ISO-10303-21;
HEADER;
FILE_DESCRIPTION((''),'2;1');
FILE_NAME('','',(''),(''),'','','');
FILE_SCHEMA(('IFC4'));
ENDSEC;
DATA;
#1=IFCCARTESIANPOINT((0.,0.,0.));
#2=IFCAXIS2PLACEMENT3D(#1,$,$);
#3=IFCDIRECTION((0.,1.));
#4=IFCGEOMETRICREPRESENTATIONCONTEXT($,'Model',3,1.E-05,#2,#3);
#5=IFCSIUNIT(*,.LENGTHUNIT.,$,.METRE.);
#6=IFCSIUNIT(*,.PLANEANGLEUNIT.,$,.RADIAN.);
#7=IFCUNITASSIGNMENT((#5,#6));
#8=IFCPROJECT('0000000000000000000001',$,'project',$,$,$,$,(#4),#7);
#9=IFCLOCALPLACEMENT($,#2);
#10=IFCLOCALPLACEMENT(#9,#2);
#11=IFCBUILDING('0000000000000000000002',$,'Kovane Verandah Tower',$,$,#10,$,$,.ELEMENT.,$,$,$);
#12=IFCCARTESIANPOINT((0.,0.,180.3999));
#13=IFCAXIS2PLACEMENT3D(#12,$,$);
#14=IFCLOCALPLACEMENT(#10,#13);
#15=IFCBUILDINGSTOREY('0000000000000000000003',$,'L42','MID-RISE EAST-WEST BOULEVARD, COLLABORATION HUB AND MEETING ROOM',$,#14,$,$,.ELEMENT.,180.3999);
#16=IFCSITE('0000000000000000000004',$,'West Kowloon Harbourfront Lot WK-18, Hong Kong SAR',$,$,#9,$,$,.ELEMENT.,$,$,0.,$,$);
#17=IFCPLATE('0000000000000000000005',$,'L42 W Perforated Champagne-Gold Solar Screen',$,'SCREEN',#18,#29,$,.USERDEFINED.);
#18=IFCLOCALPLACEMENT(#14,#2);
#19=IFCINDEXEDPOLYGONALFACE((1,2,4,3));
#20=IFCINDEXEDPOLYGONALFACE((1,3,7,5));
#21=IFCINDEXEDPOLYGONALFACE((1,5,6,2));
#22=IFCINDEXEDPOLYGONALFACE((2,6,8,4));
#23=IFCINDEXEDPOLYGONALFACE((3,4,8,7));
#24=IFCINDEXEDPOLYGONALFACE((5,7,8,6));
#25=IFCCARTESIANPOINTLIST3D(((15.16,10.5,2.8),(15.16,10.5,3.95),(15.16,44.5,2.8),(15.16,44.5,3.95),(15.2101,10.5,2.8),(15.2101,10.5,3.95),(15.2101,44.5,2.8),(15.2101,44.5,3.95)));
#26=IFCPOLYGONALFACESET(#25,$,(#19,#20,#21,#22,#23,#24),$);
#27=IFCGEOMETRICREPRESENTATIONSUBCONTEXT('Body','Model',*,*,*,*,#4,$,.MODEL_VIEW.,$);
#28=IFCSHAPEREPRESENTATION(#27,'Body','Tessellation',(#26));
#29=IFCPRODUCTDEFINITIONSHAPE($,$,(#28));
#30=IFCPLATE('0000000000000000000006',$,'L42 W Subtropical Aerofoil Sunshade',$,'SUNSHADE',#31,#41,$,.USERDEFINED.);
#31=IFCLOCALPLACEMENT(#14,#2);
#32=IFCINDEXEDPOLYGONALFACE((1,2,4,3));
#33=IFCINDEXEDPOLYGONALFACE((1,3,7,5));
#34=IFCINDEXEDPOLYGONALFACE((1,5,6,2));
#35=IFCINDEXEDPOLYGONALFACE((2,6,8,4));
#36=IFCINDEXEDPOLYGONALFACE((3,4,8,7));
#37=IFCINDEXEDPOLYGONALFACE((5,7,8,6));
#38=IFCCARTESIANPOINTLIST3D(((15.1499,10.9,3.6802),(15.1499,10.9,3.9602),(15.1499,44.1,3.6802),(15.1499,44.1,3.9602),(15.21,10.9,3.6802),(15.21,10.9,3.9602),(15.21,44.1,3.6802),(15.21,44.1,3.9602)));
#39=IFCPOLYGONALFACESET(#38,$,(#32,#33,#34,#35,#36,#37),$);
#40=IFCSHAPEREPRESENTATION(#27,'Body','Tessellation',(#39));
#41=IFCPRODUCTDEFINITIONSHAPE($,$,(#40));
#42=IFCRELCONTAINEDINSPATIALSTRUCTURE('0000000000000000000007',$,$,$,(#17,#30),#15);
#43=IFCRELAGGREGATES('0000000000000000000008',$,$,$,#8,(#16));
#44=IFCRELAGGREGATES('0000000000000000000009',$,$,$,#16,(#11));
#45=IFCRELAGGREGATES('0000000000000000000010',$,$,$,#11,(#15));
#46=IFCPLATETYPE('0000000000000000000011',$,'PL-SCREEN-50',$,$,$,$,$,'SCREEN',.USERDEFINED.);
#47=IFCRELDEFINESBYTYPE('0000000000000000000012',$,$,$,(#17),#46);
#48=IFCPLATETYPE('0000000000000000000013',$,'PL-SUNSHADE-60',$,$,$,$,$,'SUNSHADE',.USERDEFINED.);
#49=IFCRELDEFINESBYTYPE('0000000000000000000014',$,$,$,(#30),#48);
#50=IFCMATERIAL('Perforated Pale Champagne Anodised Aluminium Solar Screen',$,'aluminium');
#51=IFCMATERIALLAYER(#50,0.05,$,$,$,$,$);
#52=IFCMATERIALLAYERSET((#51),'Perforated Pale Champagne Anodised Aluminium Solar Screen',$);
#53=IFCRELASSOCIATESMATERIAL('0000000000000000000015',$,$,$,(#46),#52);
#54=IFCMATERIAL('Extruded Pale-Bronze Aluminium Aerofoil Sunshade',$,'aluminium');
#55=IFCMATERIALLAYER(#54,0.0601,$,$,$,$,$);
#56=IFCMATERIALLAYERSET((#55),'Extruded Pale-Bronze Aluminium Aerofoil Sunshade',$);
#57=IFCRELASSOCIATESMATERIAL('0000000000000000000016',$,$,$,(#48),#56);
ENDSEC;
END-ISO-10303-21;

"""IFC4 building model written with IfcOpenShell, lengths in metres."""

from ifc_helpers import new_model, si_unit, direction, frame, origin, origin_2d, place, context, subcontext, project, spatial, rectangle, extrude, material, layer, layer_set, type_object, element, save


model = new_model("IFC4")

# Units and contexts
model_context = context("Model", 3, precision=1e-05, world=origin(), true_north=direction((0.0, 1.0)))
body_context = subcontext(model_context, "Body", "Model", "MODEL_VIEW")
ifc_project = project(units=[si_unit("LENGTHUNIT", "METRE"), si_unit("PLANEANGLEUNIT", "RADIAN")], contexts=[model_context])

# Site, building, storey
site_placement = place(None, origin())
site = spatial("IfcSite", under=ifc_project, at=site_placement, Name="West Kowloon Harbourfront Lot WK-18, Hong Kong SAR", CompositionType="ELEMENT", RefElevation=0.0)
building_placement = place(site_placement, origin())
building = spatial("IfcBuilding", under=site, at=building_placement, Name="Kovane Verandah Tower", CompositionType="ELEMENT")
storey_placement = place(building_placement, frame((0.0, 0.0, 180.3999)))
storey = spatial("IfcBuildingStorey", under=building, at=storey_placement, Name="L42", Description="MID-RISE EAST-WEST BOULEVARD, COLLABORATION HUB AND MEETING ROOM", CompositionType="ELEMENT", Elevation=180.3999)

# Plates
ifc_material_1 = material(Name="Perforated Pale Champagne Anodised Aluminium Solar Screen", Category="aluminium")
ifc_layer_1 = layer(ifc_material_1, 0.05)
ifc_layer_set_1 = layer_set([ifc_layer_1], Name="Perforated Pale Champagne Anodised Aluminium Solar Screen")
plate_type_1 = type_object("IfcPlateType", Name="PL-SCREEN-50", ElementType="SCREEN", PredefinedType="USERDEFINED", material=ifc_layer_set_1)
plate_1_placement = place(storey_placement, frame((15.1851, 27.5, 2.8), z_axis=(0.0, 0.0, 1.0), x_axis=(0.0, -1.0, 0.0)))
element("IfcPlate", 1, at=plate_1_placement, inside=storey, type_object=plate_type_1, Name="L42 W Perforated Champagne-Gold Solar Screen", ObjectType="SCREEN", PredefinedType="USERDEFINED", context=body_context, shape_type="SweptSolid", body=[
    extrude(rectangle(XDim=34.0, YDim=0.05, at=origin_2d()), origin(), (0.0, 0.0, 1.0), 1.1499),
])
ifc_material_2 = material(Name="Extruded Pale-Bronze Aluminium Aerofoil Sunshade", Category="aluminium")
ifc_layer_2 = layer(ifc_material_2, 0.0601)
ifc_layer_set_2 = layer_set([ifc_layer_2], Name="Extruded Pale-Bronze Aluminium Aerofoil Sunshade")
plate_type_2 = type_object("IfcPlateType", Name="PL-SUNSHADE-60", ElementType="SUNSHADE", PredefinedType="USERDEFINED", material=ifc_layer_set_2)
plate_2_placement = place(storey_placement, frame((15.1799, 27.5, 3.6802), z_axis=(0.0, 0.0, 1.0), x_axis=(0.0, -1.0, 0.0)))
element("IfcPlate", 2, at=plate_2_placement, inside=storey, type_object=plate_type_2, Name="L42 W Subtropical Aerofoil Sunshade", ObjectType="SUNSHADE", PredefinedType="USERDEFINED", context=body_context, shape_type="SweptSolid", body=[
    extrude(rectangle(XDim=33.2, YDim=0.0601, at=origin_2d()), origin(), (0.0, 0.0, 1.0), 0.28),
])

save(model, "model.ifc")
